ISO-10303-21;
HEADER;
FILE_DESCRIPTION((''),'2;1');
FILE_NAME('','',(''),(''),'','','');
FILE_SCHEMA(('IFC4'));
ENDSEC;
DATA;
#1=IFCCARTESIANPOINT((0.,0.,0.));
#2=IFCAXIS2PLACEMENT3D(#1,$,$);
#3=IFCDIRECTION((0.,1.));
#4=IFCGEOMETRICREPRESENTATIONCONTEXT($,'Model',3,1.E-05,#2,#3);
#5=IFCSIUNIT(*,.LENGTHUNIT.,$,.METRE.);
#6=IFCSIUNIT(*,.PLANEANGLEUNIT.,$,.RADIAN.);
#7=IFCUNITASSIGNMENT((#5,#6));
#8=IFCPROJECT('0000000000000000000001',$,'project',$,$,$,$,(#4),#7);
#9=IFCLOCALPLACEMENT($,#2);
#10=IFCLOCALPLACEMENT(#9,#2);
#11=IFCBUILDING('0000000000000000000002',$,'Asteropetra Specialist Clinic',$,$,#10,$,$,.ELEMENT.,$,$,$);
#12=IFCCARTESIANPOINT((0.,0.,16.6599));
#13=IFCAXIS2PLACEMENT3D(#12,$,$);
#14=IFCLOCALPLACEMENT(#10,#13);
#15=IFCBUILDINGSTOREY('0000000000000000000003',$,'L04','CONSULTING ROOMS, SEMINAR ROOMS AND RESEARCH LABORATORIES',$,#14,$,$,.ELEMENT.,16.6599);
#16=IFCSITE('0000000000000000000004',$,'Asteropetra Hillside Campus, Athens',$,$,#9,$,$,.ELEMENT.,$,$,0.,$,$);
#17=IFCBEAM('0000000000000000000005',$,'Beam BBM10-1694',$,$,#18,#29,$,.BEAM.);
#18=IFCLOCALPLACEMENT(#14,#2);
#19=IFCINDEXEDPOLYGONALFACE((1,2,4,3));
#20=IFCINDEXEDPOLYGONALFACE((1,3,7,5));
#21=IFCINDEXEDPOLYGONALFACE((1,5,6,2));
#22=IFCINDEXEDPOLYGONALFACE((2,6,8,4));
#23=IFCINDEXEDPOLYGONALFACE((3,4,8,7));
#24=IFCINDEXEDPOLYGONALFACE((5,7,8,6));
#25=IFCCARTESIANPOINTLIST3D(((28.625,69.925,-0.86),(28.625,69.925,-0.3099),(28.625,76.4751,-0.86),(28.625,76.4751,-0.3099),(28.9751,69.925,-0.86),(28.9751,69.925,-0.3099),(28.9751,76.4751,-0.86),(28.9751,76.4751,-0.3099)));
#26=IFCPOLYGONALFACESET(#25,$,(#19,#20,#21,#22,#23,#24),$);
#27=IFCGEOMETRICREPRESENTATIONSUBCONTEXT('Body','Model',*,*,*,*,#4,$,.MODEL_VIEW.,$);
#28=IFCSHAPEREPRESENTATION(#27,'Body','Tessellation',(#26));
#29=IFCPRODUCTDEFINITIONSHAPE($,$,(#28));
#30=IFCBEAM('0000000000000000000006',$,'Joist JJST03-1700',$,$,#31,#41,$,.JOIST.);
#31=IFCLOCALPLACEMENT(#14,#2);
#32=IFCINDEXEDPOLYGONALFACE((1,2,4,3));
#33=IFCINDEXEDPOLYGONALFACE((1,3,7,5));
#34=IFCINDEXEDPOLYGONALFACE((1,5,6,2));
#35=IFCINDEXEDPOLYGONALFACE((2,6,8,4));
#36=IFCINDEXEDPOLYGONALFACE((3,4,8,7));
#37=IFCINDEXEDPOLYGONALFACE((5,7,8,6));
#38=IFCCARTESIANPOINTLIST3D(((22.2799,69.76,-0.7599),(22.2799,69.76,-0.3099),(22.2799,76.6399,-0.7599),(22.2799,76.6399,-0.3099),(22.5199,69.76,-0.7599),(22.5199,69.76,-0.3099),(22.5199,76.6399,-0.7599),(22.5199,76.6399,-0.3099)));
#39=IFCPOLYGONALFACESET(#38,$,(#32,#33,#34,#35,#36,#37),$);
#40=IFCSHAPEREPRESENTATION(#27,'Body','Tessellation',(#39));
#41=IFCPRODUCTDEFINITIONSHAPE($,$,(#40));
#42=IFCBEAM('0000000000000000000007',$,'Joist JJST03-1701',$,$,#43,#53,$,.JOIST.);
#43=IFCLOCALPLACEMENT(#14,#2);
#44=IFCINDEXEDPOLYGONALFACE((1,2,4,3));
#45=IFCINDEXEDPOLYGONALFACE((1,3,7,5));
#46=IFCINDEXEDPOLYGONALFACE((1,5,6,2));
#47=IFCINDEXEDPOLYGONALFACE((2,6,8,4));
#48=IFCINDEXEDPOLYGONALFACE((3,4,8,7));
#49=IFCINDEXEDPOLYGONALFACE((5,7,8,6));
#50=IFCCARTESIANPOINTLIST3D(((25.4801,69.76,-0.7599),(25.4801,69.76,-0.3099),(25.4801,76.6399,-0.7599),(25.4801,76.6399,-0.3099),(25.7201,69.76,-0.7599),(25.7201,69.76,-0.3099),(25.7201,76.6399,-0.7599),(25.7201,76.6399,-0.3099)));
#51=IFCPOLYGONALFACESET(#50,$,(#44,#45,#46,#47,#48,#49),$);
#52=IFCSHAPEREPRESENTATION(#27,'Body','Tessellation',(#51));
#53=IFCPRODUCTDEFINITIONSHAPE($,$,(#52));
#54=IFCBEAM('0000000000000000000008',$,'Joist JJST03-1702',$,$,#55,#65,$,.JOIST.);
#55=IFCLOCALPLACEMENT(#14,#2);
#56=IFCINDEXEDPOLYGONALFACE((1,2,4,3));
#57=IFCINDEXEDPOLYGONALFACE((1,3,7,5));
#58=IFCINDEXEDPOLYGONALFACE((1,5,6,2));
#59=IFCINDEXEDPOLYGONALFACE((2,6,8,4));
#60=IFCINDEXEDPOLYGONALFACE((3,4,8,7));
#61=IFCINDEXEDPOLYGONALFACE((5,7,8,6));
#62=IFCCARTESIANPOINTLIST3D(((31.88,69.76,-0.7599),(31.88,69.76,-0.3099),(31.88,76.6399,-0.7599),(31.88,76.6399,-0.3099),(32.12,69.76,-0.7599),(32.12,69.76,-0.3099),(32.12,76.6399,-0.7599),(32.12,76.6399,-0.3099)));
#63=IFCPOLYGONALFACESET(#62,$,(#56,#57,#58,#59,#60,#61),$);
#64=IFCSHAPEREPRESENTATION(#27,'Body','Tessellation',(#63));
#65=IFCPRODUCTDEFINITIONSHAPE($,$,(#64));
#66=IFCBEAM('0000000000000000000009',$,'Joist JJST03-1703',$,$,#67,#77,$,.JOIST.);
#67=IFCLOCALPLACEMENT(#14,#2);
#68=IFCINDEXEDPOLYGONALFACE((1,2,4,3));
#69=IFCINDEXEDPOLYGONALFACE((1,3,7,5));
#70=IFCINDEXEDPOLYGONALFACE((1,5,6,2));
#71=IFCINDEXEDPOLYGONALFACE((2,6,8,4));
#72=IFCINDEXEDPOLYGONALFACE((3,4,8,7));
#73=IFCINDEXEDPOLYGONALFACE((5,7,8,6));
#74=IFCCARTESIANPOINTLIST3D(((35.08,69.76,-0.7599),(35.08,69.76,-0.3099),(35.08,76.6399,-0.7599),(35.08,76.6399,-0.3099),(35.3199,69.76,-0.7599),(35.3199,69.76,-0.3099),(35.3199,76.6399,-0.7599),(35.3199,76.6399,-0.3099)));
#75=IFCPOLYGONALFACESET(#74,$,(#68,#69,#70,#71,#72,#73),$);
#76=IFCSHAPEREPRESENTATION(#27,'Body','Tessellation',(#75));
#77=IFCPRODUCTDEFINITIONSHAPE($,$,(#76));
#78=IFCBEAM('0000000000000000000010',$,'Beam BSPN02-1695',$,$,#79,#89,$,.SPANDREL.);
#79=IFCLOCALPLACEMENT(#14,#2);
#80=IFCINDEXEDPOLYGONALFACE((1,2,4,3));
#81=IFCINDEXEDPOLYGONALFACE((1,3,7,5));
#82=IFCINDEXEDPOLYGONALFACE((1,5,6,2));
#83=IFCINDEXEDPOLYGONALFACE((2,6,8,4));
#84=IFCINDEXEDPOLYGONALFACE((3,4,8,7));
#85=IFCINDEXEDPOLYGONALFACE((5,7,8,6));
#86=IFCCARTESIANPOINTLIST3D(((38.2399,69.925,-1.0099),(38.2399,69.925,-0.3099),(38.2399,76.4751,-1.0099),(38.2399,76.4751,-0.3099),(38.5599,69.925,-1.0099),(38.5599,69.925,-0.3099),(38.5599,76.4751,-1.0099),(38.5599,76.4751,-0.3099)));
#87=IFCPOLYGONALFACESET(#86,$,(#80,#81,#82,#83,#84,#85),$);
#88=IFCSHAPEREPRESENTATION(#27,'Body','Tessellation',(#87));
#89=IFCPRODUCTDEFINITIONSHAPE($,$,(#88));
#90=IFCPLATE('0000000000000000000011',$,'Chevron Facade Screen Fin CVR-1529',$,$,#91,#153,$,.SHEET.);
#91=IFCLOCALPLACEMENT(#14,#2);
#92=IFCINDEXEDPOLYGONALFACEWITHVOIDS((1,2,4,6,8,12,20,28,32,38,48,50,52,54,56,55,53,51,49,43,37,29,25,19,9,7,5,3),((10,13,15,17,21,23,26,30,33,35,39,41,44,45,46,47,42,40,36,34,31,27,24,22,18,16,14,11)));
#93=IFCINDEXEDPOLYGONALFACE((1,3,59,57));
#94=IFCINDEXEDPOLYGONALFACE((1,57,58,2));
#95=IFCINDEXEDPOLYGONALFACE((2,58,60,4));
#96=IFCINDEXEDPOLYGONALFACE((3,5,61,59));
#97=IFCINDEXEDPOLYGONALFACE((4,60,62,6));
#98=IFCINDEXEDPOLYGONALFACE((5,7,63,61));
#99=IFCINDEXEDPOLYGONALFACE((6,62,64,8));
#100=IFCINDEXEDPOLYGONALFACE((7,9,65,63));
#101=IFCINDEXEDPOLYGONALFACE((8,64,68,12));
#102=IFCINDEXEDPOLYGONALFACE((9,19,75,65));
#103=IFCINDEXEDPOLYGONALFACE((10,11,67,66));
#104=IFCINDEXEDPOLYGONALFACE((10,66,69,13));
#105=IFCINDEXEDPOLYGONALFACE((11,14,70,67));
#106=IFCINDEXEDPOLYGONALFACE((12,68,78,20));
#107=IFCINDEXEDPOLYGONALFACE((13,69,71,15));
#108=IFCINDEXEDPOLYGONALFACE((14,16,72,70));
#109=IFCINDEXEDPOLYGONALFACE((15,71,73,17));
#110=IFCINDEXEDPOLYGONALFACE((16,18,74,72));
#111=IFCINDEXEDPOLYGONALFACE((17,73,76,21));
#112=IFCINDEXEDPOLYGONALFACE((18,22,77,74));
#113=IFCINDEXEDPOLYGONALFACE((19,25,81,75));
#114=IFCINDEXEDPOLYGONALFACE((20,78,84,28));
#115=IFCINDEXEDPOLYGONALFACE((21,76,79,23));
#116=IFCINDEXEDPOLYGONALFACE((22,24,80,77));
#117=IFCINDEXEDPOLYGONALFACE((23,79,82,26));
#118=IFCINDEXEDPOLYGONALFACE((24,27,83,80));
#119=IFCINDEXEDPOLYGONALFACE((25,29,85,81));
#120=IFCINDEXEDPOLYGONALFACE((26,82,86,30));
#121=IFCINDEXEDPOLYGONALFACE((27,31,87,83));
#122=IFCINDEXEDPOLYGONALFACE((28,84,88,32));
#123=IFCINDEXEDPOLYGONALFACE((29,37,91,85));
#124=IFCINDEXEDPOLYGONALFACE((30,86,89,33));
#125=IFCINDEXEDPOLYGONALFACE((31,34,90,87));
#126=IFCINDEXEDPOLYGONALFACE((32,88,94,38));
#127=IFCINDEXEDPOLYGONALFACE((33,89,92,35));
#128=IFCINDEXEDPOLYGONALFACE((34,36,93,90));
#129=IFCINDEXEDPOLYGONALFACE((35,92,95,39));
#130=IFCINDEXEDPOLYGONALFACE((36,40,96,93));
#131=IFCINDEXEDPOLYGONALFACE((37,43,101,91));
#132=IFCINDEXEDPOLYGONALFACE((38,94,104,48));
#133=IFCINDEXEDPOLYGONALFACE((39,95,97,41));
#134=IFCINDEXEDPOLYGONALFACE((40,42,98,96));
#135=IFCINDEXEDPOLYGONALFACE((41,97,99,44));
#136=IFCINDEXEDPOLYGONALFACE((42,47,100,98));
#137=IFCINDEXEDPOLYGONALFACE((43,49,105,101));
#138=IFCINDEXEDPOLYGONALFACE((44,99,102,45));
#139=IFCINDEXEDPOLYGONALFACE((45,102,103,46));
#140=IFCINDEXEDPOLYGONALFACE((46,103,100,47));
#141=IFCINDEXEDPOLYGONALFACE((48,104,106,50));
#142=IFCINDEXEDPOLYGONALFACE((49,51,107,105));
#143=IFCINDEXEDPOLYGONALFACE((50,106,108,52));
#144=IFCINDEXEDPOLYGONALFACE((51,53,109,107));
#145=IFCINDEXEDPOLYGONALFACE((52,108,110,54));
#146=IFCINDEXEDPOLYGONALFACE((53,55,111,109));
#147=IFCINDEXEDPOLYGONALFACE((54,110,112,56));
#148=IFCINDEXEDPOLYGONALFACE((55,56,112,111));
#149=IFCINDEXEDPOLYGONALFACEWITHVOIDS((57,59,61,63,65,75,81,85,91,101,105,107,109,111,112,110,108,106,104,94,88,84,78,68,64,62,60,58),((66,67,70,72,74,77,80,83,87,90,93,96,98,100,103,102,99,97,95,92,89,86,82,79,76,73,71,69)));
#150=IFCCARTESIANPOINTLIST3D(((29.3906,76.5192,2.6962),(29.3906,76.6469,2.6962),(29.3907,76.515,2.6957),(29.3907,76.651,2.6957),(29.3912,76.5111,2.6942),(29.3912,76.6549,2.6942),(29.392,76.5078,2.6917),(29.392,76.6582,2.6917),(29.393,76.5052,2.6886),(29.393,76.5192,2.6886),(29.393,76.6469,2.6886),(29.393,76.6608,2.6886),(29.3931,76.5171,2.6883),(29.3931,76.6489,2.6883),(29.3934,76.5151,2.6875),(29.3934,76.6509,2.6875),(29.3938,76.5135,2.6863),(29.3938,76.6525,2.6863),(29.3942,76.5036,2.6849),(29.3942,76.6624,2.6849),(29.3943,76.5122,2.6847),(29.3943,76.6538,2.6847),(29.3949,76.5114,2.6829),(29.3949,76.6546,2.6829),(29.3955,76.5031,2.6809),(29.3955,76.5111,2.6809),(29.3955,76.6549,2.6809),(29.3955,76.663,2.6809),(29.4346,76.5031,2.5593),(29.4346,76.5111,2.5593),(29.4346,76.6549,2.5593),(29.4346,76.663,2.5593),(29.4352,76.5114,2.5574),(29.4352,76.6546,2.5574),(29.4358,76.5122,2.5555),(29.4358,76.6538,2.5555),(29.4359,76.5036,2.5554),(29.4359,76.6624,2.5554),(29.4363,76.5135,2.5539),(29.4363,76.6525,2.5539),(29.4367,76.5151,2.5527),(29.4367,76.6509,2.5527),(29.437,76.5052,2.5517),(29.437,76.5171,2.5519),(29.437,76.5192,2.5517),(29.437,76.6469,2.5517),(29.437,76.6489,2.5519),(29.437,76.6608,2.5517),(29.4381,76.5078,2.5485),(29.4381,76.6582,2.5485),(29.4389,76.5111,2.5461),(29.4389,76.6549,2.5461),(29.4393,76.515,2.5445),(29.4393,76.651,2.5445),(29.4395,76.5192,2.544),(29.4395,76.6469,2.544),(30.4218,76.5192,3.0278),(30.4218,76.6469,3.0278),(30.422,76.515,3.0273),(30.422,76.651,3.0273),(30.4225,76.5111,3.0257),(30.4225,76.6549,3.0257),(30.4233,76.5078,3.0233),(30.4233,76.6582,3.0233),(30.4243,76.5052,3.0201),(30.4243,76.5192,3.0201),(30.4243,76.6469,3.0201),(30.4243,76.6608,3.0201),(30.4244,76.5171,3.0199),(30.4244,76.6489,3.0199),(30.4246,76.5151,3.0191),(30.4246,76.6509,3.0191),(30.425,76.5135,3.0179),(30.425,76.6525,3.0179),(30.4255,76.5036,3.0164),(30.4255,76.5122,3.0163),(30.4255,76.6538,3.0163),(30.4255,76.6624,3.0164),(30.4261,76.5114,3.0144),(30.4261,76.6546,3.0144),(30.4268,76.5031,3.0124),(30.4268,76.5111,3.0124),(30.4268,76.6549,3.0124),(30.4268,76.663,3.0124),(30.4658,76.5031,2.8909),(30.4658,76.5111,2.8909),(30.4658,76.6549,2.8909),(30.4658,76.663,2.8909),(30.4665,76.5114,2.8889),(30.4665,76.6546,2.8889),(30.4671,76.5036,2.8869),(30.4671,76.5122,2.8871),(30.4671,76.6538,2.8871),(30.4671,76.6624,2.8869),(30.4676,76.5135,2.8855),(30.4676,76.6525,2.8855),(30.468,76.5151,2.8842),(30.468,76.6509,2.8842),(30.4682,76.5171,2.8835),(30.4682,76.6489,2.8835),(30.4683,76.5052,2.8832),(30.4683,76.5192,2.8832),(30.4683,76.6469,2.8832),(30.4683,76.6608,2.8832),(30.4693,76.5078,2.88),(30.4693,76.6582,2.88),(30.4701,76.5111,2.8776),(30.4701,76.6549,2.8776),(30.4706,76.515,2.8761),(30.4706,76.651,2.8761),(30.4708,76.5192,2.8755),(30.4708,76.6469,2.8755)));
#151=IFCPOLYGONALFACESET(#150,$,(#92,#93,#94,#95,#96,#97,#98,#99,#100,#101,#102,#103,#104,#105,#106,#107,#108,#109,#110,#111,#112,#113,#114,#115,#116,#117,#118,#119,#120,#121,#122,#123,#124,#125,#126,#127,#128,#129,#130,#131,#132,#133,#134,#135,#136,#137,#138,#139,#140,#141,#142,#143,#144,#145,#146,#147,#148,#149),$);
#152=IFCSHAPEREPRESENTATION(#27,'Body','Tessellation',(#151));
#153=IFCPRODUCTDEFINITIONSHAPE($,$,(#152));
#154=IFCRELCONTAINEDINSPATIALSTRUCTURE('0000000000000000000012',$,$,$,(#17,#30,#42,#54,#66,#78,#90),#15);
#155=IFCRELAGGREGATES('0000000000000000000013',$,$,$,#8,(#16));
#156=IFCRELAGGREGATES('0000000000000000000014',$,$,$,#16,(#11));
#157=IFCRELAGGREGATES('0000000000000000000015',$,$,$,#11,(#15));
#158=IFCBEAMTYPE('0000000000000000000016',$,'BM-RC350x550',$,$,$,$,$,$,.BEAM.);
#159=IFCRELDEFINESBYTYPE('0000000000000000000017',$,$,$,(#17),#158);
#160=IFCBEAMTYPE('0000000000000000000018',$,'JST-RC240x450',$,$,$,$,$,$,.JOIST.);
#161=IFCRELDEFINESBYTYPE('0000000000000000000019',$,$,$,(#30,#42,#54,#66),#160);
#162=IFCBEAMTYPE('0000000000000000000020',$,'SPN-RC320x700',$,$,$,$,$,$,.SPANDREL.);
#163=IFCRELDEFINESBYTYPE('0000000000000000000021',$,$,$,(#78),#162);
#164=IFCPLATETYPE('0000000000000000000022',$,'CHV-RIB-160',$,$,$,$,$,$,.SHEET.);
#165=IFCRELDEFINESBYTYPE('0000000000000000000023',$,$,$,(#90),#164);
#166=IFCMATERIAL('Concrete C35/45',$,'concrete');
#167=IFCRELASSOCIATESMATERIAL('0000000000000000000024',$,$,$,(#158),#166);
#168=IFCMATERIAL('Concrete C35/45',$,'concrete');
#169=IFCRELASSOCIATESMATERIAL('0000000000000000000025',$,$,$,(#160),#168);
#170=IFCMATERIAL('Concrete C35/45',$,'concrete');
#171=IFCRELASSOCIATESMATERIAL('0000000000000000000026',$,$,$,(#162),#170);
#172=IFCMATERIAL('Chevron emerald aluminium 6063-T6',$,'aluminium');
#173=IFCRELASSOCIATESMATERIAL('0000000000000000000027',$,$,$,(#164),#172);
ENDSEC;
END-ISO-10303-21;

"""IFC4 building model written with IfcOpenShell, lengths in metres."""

from ifc_helpers import new_model, si_unit, direction, frame, origin, origin_2d, place, context, subcontext, project, spatial, rectangle, hollow_rectangle, extrude, material, material_profile, profile_set, type_object, element, save


model = new_model("IFC4")

# Units and contexts
model_context = context("Model", 3, precision=1e-05, world=origin(), true_north=direction((0.0, 1.0)))
body_context = subcontext(model_context, "Body", "Model", "MODEL_VIEW")
ifc_project = project(units=[si_unit("LENGTHUNIT", "METRE"), si_unit("PLANEANGLEUNIT", "RADIAN")], contexts=[model_context])

# Site, building, storey
site_placement = place(None, origin())
site = spatial("IfcSite", under=ifc_project, at=site_placement, Name="Asteropetra Hillside Campus, Athens", CompositionType="ELEMENT", RefElevation=0.0)
building_placement = place(site_placement, origin())
building = spatial("IfcBuilding", under=site, at=building_placement, Name="Asteropetra Specialist Clinic", CompositionType="ELEMENT")
storey_placement = place(building_placement, frame((0.0, 0.0, 16.6599)))
storey = spatial("IfcBuildingStorey", under=building, at=storey_placement, Name="L04", Description="CONSULTING ROOMS, SEMINAR ROOMS AND RESEARCH LABORATORIES", CompositionType="ELEMENT", Elevation=16.6599)

# Beams
ifc_material_1 = material(Name="Concrete C35/45", Category="concrete")
ifc_material_profile_1 = material_profile(ifc_material_1, rectangle(XDim=0.3501, YDim=0.55, at=origin_2d()), Name="RCB 350x550")
ifc_profile_set_1 = profile_set([ifc_material_profile_1], Name="Concrete C35/45")
beam_type_1 = type_object("IfcBeamType", Name="BM-RC350x550", PredefinedType="BEAM", material=ifc_profile_set_1)
beam_1_placement = place(storey_placement, frame((28.8, 69.925, -0.585), z_axis=(0.0, 1.0, 0.0), x_axis=(-1.0, 0.0, 0.0)))
element("IfcBeam", 1, at=beam_1_placement, inside=storey, type_object=beam_type_1, Name="Beam BBM10-1694", PredefinedType="BEAM", context=body_context, shape_type="SweptSolid", body=[
    extrude(rectangle(XDim=0.3501, YDim=0.55, at=origin_2d()), origin(), (0.0, 0.0, 1.0), 6.55),
])
ifc_material_2 = material(Name="Concrete C35/45", Category="concrete")
ifc_material_profile_2 = material_profile(ifc_material_2, rectangle(XDim=0.24, YDim=0.45, at=origin_2d()), Name="RCJ 240x450")
ifc_profile_set_2 = profile_set([ifc_material_profile_2], Name="Concrete C35/45")
beam_type_2 = type_object("IfcBeamType", Name="JST-RC240x450", PredefinedType="JOIST", material=ifc_profile_set_2)
for number, where, z_axis, x_axis, name in (
    (2, (22.3999, 69.76, -0.5349), (0.0, 1.0, 0.0), (-1.0, 0.0, 0.0), "Joist JJST03-1700"),
    (3, (25.6001, 69.76, -0.5349), (0.0, 1.0, 0.0), (-1.0, 0.0, 0.0), "Joist JJST03-1701"),
    (4, (32.0, 69.76, -0.5349), (0.0, 1.0, 0.0), (-1.0, 0.0, 0.0), "Joist JJST03-1702"),
    (5, (35.2, 69.76, -0.5349), (0.0, 1.0, 0.0), (-1.0, 0.0, 0.0), "Joist JJST03-1703"),
):
    element("IfcBeam", number, at=place(storey_placement, frame(where, z_axis=z_axis, x_axis=x_axis)), inside=storey, type_object=beam_type_2, Name=name, PredefinedType="JOIST", context=body_context, shape_type="SweptSolid", body=[
        extrude(rectangle(XDim=0.24, YDim=0.45, at=origin_2d()), origin(), (0.0, 0.0, 1.0), 6.8799),
    ])
ifc_material_3 = material(Name="Concrete C35/45", Category="concrete")
ifc_material_profile_3 = material_profile(ifc_material_3, rectangle(XDim=0.3201, YDim=0.7, at=origin_2d()), Name="RCS 320x700")
ifc_profile_set_3 = profile_set([ifc_material_profile_3], Name="Concrete C35/45")
beam_type_3 = type_object("IfcBeamType", Name="SPN-RC320x700", PredefinedType="SPANDREL", material=ifc_profile_set_3)
beam_2_placement = place(storey_placement, frame((38.3999, 69.925, -0.6599), z_axis=(0.0, 1.0, 0.0), x_axis=(-1.0, 0.0, 0.0)))
element("IfcBeam", 6, at=beam_2_placement, inside=storey, type_object=beam_type_3, Name="Beam BSPN02-1695", PredefinedType="SPANDREL", context=body_context, shape_type="SweptSolid", body=[
    extrude(rectangle(XDim=0.3201, YDim=0.7, at=origin_2d()), origin(), (0.0, 0.0, 1.0), 6.55),
])

# Plate
ifc_material_4 = material(Name="Chevron emerald aluminium 6063-T6", Category="aluminium")
ifc_material_profile_4 = material_profile(ifc_material_4, hollow_rectangle(XDim=0.1599, YDim=0.1599, WallThickness=0.0081, InnerFilletRadius=0.0081, OuterFilletRadius=0.0161, at=origin_2d()), Name="SHS 160x160x8.0")
ifc_profile_set_4 = profile_set([ifc_material_profile_4], Name="Chevron emerald aluminium 6063-T6")
plate_type_1 = type_object("IfcPlateType", Name="CHV-RIB-160", PredefinedType="SHEET", material=ifc_profile_set_4)
for number, where, z_axis, x_axis, name in (
    (7, (29.415, 76.583, 2.6201), (0.95201, 0.0, 0.306068), (0.0, 1.0, 0.0), "Chevron Facade Screen Fin CVR-1529"),
):
    element("IfcPlate", number, at=place(storey_placement, frame(where, z_axis=z_axis, x_axis=x_axis)), inside=storey, type_object=plate_type_1, Name=name, PredefinedType="SHEET", context=body_context, shape_type="SweptSolid", body=[
        extrude(hollow_rectangle(XDim=0.1599, YDim=0.1599, WallThickness=0.0081, InnerFilletRadius=0.0081, OuterFilletRadius=0.0161, at=origin_2d()), origin(), (0.0, 0.0, 1.0), 1.0833),
    ])

save(model, "model.ifc")
